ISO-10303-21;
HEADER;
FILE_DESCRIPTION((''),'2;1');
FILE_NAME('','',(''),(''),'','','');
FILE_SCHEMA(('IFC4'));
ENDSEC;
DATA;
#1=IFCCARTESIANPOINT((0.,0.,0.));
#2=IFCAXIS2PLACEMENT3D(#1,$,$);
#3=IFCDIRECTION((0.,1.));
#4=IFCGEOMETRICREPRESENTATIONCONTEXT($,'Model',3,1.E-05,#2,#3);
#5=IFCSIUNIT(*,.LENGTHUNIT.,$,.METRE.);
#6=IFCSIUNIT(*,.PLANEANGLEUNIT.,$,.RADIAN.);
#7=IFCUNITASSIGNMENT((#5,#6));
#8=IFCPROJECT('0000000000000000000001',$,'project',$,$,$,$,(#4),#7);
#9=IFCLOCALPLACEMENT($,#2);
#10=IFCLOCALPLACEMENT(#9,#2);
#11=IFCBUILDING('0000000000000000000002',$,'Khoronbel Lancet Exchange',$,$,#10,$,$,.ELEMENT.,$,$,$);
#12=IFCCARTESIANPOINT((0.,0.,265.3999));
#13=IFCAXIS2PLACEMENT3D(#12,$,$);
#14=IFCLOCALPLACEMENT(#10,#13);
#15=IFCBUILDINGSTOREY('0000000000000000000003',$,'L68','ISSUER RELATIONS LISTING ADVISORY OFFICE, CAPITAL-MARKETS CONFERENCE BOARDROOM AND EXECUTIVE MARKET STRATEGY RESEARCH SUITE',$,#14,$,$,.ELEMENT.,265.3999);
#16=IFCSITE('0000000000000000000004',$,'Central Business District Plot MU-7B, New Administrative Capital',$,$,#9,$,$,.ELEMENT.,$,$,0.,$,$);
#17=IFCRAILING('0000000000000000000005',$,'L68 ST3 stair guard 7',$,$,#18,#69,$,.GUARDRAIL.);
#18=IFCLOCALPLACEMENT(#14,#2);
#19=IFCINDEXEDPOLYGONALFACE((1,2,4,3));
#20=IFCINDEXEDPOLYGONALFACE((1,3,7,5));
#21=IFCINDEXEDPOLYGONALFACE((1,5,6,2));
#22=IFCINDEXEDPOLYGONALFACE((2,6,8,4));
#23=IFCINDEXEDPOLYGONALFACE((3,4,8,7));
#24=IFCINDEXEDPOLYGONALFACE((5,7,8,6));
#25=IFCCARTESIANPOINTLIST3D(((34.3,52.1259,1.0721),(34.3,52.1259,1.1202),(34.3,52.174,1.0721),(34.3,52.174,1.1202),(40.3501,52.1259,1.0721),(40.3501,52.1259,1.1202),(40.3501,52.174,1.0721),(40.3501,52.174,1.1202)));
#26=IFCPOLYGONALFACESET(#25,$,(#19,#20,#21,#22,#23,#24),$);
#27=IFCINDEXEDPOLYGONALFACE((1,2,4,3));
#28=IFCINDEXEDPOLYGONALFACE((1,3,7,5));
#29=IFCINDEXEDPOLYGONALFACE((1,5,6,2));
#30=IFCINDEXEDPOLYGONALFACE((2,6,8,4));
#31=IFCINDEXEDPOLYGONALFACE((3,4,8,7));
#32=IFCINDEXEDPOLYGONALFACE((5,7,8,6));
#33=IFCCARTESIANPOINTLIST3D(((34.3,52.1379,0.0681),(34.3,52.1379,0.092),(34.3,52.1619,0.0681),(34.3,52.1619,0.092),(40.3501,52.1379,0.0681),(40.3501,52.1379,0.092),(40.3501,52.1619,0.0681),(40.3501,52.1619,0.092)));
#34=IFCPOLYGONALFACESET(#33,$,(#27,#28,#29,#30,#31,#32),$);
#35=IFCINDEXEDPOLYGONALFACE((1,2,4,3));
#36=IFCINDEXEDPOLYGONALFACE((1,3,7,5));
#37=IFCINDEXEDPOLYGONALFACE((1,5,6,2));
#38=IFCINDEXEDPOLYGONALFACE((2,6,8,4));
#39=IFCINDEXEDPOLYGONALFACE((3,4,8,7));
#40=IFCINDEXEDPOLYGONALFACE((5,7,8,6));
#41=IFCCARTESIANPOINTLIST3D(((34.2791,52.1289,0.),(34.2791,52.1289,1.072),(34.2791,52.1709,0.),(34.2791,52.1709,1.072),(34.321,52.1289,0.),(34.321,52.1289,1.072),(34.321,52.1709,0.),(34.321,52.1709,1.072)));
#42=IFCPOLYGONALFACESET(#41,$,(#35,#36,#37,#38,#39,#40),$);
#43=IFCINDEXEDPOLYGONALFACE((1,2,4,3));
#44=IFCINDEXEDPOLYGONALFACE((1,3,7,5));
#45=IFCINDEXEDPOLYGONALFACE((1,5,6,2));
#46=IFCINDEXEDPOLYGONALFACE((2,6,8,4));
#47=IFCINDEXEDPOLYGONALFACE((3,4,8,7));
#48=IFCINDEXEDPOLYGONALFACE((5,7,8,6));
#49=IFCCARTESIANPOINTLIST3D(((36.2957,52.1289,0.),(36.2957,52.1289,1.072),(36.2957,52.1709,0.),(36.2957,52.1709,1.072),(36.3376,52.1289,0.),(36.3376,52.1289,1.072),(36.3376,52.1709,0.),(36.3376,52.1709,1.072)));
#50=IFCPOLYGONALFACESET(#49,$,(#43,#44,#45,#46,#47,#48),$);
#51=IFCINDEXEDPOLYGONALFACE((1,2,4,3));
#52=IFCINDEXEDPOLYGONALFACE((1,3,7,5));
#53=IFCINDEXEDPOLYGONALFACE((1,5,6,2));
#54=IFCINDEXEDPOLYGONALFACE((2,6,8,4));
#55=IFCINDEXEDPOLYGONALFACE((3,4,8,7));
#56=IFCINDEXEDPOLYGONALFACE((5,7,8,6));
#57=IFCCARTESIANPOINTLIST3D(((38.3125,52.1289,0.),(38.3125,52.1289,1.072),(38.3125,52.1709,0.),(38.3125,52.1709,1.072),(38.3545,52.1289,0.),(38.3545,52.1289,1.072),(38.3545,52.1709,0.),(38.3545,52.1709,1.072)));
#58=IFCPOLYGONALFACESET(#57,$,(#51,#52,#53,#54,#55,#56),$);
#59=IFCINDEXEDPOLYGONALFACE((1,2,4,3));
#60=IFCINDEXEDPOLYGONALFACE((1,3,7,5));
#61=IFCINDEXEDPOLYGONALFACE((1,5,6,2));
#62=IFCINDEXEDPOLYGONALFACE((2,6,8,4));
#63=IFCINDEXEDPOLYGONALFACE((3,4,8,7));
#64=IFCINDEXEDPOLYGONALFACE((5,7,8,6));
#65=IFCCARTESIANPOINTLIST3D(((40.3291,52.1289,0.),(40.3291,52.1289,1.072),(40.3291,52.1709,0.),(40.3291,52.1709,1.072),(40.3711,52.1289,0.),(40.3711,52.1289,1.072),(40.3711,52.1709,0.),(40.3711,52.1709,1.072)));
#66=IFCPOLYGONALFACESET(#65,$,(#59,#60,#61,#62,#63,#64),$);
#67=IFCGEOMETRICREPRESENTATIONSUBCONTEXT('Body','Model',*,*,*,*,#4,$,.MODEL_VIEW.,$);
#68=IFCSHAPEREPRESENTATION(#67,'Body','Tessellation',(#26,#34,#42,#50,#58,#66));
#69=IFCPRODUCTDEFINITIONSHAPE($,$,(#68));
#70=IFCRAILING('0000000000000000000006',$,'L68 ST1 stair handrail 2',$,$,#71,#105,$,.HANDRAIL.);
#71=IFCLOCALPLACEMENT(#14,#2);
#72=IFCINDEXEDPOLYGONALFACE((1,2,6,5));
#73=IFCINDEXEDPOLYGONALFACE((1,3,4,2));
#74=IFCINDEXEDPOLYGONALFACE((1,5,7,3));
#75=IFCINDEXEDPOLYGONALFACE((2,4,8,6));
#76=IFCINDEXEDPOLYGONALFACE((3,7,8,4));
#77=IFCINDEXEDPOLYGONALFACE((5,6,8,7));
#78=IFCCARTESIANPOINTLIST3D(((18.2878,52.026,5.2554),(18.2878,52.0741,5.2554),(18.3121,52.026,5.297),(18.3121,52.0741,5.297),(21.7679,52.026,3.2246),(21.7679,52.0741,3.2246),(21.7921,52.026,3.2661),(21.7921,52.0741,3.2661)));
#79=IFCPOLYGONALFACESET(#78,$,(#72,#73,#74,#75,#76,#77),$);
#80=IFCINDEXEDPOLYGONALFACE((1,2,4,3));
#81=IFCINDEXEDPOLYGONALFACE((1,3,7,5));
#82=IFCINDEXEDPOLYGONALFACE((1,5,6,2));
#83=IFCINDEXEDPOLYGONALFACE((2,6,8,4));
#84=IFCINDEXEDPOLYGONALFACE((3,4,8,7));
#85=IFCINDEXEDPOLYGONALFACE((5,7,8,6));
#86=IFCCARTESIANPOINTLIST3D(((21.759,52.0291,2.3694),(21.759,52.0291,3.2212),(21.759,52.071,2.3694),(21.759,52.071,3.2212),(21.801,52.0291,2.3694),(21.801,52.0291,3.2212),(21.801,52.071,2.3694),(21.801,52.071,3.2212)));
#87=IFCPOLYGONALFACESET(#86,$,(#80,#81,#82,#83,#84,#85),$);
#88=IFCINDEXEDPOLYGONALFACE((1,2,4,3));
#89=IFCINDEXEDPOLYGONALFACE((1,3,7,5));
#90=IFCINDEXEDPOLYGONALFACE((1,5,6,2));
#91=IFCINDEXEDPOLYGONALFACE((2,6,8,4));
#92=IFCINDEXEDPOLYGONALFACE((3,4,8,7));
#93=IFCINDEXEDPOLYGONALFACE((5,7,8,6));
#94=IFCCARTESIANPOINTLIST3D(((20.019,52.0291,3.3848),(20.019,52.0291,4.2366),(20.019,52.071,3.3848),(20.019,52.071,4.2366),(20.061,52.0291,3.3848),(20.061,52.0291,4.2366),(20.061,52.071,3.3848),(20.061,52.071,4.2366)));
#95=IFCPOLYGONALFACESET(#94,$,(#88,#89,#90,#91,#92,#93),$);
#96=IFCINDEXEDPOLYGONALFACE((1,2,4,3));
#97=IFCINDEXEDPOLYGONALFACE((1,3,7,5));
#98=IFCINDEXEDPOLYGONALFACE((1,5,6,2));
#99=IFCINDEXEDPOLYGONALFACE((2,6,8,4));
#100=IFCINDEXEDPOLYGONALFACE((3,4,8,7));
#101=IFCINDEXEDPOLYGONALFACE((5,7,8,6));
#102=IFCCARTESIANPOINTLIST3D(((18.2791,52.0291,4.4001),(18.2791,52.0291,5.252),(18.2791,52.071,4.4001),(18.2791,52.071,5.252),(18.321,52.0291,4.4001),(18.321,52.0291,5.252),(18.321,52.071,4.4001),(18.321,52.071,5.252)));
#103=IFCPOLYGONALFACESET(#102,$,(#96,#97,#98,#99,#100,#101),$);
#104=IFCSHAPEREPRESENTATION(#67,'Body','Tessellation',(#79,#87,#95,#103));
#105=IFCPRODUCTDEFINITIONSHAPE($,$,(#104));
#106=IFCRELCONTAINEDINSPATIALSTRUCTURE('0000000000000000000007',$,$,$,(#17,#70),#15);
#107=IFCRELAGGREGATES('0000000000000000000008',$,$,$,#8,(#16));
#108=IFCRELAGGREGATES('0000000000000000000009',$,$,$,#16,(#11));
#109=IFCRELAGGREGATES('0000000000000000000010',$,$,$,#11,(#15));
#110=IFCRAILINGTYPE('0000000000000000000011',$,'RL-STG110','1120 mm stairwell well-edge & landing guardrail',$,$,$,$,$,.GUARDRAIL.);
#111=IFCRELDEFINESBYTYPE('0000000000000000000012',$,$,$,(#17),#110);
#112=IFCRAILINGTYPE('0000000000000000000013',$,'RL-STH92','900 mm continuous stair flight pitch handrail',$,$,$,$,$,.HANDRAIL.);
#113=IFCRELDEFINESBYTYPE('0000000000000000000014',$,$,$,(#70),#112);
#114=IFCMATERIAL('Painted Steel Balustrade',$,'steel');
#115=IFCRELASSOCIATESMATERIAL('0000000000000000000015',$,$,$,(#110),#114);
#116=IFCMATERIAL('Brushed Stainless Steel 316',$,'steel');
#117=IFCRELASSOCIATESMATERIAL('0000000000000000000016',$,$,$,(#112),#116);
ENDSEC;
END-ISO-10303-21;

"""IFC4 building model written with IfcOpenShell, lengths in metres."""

from ifc_helpers import new_model, si_unit, direction, frame, origin, origin_2d, place, context, subcontext, project, spatial, rectangle, extrude, material, type_object, element, save


model = new_model("IFC4")

# Units and contexts
model_context = context("Model", 3, precision=1e-05, world=origin(), true_north=direction((0.0, 1.0)))
body_context = subcontext(model_context, "Body", "Model", "MODEL_VIEW")
ifc_project = project(units=[si_unit("LENGTHUNIT", "METRE"), si_unit("PLANEANGLEUNIT", "RADIAN")], contexts=[model_context])

# Site, building, storey
site_placement = place(None, origin())
site = spatial("IfcSite", under=ifc_project, at=site_placement, Name="Central Business District Plot MU-7B, New Administrative Capital", CompositionType="ELEMENT", RefElevation=0.0)
building_placement = place(site_placement, origin())
building = spatial("IfcBuilding", under=site, at=building_placement, Name="Khoronbel Lancet Exchange", CompositionType="ELEMENT")
storey_placement = place(building_placement, frame((0.0, 0.0, 265.3999)))
storey = spatial("IfcBuildingStorey", under=building, at=storey_placement, Name="L68", Description="ISSUER RELATIONS LISTING ADVISORY OFFICE, CAPITAL-MARKETS CONFERENCE BOARDROOM AND EXECUTIVE MARKET STRATEGY RESEARCH SUITE", CompositionType="ELEMENT", Elevation=265.3999)

# Railings
ifc_material_1 = material(Name="Painted Steel Balustrade", Category="steel")
railing_type_1 = type_object("IfcRailingType", Name="RL-STG110", Description="1120 mm stairwell well-edge & landing guardrail", PredefinedType="GUARDRAIL", material=ifc_material_1)
railing_1_placement = place(storey_placement, frame((34.3, 52.1499, 0.0)))
element("IfcRailing", 1, at=railing_1_placement, inside=storey, type_object=railing_type_1, Name="L68 ST3 stair guard 7", PredefinedType="GUARDRAIL", context=body_context, shape_type="SweptSolid", body=[
    extrude(rectangle(XDim=0.0481, YDim=0.0481, at=origin_2d()), frame((0.0, 0.0, 1.0962), z_axis=(1.0, 0.0, 0.0), x_axis=(0.0, 1.0, 0.0)), (0.0, 0.0, 1.0), 6.05),
    extrude(rectangle(XDim=0.0239, YDim=0.0239, at=origin_2d()), frame((0.0, 0.0, 0.0801), z_axis=(1.0, 0.0, 0.0), x_axis=(0.0, 1.0, 0.0)), (0.0, 0.0, 1.0), 6.05),
    extrude(rectangle(XDim=0.042, YDim=0.042, at=origin_2d()), origin(), (0.0, 0.0, 1.0), 1.072),
    extrude(rectangle(XDim=0.042, YDim=0.042, at=origin_2d()), frame((2.0166, 0.0, 0.0)), (0.0, 0.0, 1.0), 1.072),
    extrude(rectangle(XDim=0.042, YDim=0.042, at=origin_2d()), frame((4.0334, 0.0, 0.0)), (0.0, 0.0, 1.0), 1.072),
    extrude(rectangle(XDim=0.042, YDim=0.042, at=origin_2d()), frame((6.05, 0.0, 0.0)), (0.0, 0.0, 1.0), 1.072),
])
ifc_material_2 = material(Name="Brushed Stainless Steel 316", Category="steel")
railing_type_2 = type_object("IfcRailingType", Name="RL-STH92", Description="900 mm continuous stair flight pitch handrail", PredefinedType="HANDRAIL", material=ifc_material_2)
railing_2_placement = place(storey_placement, frame((21.78, 52.05, 2.3694)))
element("IfcRailing", 2, at=railing_2_placement, inside=storey, type_object=railing_type_2, Name="L68 ST1 stair handrail 2", PredefinedType="HANDRAIL", context=body_context, shape_type="SweptSolid", body=[
    extrude(rectangle(XDim=0.0481, YDim=0.0481, at=origin_2d()), frame((0.0, 0.0, 0.876), z_axis=(-0.863695, 0.0, 0.504014), x_axis=(0.0, -1.0, 0.0)), (0.0, 0.0, 1.0), 4.0293),
    extrude(rectangle(XDim=0.042, YDim=0.042, at=origin_2d()), origin(), (0.0, 0.0, 1.0), 0.8518),
    extrude(rectangle(XDim=0.042, YDim=0.042, at=origin_2d()), frame((-1.74, 0.0, 1.0154)), (0.0, 0.0, 1.0), 0.8518),
    extrude(rectangle(XDim=0.042, YDim=0.042, at=origin_2d()), frame((-3.48, 0.0, 2.0308)), (0.0, 0.0, 1.0), 0.8518),
])

save(model, "model.ifc")
